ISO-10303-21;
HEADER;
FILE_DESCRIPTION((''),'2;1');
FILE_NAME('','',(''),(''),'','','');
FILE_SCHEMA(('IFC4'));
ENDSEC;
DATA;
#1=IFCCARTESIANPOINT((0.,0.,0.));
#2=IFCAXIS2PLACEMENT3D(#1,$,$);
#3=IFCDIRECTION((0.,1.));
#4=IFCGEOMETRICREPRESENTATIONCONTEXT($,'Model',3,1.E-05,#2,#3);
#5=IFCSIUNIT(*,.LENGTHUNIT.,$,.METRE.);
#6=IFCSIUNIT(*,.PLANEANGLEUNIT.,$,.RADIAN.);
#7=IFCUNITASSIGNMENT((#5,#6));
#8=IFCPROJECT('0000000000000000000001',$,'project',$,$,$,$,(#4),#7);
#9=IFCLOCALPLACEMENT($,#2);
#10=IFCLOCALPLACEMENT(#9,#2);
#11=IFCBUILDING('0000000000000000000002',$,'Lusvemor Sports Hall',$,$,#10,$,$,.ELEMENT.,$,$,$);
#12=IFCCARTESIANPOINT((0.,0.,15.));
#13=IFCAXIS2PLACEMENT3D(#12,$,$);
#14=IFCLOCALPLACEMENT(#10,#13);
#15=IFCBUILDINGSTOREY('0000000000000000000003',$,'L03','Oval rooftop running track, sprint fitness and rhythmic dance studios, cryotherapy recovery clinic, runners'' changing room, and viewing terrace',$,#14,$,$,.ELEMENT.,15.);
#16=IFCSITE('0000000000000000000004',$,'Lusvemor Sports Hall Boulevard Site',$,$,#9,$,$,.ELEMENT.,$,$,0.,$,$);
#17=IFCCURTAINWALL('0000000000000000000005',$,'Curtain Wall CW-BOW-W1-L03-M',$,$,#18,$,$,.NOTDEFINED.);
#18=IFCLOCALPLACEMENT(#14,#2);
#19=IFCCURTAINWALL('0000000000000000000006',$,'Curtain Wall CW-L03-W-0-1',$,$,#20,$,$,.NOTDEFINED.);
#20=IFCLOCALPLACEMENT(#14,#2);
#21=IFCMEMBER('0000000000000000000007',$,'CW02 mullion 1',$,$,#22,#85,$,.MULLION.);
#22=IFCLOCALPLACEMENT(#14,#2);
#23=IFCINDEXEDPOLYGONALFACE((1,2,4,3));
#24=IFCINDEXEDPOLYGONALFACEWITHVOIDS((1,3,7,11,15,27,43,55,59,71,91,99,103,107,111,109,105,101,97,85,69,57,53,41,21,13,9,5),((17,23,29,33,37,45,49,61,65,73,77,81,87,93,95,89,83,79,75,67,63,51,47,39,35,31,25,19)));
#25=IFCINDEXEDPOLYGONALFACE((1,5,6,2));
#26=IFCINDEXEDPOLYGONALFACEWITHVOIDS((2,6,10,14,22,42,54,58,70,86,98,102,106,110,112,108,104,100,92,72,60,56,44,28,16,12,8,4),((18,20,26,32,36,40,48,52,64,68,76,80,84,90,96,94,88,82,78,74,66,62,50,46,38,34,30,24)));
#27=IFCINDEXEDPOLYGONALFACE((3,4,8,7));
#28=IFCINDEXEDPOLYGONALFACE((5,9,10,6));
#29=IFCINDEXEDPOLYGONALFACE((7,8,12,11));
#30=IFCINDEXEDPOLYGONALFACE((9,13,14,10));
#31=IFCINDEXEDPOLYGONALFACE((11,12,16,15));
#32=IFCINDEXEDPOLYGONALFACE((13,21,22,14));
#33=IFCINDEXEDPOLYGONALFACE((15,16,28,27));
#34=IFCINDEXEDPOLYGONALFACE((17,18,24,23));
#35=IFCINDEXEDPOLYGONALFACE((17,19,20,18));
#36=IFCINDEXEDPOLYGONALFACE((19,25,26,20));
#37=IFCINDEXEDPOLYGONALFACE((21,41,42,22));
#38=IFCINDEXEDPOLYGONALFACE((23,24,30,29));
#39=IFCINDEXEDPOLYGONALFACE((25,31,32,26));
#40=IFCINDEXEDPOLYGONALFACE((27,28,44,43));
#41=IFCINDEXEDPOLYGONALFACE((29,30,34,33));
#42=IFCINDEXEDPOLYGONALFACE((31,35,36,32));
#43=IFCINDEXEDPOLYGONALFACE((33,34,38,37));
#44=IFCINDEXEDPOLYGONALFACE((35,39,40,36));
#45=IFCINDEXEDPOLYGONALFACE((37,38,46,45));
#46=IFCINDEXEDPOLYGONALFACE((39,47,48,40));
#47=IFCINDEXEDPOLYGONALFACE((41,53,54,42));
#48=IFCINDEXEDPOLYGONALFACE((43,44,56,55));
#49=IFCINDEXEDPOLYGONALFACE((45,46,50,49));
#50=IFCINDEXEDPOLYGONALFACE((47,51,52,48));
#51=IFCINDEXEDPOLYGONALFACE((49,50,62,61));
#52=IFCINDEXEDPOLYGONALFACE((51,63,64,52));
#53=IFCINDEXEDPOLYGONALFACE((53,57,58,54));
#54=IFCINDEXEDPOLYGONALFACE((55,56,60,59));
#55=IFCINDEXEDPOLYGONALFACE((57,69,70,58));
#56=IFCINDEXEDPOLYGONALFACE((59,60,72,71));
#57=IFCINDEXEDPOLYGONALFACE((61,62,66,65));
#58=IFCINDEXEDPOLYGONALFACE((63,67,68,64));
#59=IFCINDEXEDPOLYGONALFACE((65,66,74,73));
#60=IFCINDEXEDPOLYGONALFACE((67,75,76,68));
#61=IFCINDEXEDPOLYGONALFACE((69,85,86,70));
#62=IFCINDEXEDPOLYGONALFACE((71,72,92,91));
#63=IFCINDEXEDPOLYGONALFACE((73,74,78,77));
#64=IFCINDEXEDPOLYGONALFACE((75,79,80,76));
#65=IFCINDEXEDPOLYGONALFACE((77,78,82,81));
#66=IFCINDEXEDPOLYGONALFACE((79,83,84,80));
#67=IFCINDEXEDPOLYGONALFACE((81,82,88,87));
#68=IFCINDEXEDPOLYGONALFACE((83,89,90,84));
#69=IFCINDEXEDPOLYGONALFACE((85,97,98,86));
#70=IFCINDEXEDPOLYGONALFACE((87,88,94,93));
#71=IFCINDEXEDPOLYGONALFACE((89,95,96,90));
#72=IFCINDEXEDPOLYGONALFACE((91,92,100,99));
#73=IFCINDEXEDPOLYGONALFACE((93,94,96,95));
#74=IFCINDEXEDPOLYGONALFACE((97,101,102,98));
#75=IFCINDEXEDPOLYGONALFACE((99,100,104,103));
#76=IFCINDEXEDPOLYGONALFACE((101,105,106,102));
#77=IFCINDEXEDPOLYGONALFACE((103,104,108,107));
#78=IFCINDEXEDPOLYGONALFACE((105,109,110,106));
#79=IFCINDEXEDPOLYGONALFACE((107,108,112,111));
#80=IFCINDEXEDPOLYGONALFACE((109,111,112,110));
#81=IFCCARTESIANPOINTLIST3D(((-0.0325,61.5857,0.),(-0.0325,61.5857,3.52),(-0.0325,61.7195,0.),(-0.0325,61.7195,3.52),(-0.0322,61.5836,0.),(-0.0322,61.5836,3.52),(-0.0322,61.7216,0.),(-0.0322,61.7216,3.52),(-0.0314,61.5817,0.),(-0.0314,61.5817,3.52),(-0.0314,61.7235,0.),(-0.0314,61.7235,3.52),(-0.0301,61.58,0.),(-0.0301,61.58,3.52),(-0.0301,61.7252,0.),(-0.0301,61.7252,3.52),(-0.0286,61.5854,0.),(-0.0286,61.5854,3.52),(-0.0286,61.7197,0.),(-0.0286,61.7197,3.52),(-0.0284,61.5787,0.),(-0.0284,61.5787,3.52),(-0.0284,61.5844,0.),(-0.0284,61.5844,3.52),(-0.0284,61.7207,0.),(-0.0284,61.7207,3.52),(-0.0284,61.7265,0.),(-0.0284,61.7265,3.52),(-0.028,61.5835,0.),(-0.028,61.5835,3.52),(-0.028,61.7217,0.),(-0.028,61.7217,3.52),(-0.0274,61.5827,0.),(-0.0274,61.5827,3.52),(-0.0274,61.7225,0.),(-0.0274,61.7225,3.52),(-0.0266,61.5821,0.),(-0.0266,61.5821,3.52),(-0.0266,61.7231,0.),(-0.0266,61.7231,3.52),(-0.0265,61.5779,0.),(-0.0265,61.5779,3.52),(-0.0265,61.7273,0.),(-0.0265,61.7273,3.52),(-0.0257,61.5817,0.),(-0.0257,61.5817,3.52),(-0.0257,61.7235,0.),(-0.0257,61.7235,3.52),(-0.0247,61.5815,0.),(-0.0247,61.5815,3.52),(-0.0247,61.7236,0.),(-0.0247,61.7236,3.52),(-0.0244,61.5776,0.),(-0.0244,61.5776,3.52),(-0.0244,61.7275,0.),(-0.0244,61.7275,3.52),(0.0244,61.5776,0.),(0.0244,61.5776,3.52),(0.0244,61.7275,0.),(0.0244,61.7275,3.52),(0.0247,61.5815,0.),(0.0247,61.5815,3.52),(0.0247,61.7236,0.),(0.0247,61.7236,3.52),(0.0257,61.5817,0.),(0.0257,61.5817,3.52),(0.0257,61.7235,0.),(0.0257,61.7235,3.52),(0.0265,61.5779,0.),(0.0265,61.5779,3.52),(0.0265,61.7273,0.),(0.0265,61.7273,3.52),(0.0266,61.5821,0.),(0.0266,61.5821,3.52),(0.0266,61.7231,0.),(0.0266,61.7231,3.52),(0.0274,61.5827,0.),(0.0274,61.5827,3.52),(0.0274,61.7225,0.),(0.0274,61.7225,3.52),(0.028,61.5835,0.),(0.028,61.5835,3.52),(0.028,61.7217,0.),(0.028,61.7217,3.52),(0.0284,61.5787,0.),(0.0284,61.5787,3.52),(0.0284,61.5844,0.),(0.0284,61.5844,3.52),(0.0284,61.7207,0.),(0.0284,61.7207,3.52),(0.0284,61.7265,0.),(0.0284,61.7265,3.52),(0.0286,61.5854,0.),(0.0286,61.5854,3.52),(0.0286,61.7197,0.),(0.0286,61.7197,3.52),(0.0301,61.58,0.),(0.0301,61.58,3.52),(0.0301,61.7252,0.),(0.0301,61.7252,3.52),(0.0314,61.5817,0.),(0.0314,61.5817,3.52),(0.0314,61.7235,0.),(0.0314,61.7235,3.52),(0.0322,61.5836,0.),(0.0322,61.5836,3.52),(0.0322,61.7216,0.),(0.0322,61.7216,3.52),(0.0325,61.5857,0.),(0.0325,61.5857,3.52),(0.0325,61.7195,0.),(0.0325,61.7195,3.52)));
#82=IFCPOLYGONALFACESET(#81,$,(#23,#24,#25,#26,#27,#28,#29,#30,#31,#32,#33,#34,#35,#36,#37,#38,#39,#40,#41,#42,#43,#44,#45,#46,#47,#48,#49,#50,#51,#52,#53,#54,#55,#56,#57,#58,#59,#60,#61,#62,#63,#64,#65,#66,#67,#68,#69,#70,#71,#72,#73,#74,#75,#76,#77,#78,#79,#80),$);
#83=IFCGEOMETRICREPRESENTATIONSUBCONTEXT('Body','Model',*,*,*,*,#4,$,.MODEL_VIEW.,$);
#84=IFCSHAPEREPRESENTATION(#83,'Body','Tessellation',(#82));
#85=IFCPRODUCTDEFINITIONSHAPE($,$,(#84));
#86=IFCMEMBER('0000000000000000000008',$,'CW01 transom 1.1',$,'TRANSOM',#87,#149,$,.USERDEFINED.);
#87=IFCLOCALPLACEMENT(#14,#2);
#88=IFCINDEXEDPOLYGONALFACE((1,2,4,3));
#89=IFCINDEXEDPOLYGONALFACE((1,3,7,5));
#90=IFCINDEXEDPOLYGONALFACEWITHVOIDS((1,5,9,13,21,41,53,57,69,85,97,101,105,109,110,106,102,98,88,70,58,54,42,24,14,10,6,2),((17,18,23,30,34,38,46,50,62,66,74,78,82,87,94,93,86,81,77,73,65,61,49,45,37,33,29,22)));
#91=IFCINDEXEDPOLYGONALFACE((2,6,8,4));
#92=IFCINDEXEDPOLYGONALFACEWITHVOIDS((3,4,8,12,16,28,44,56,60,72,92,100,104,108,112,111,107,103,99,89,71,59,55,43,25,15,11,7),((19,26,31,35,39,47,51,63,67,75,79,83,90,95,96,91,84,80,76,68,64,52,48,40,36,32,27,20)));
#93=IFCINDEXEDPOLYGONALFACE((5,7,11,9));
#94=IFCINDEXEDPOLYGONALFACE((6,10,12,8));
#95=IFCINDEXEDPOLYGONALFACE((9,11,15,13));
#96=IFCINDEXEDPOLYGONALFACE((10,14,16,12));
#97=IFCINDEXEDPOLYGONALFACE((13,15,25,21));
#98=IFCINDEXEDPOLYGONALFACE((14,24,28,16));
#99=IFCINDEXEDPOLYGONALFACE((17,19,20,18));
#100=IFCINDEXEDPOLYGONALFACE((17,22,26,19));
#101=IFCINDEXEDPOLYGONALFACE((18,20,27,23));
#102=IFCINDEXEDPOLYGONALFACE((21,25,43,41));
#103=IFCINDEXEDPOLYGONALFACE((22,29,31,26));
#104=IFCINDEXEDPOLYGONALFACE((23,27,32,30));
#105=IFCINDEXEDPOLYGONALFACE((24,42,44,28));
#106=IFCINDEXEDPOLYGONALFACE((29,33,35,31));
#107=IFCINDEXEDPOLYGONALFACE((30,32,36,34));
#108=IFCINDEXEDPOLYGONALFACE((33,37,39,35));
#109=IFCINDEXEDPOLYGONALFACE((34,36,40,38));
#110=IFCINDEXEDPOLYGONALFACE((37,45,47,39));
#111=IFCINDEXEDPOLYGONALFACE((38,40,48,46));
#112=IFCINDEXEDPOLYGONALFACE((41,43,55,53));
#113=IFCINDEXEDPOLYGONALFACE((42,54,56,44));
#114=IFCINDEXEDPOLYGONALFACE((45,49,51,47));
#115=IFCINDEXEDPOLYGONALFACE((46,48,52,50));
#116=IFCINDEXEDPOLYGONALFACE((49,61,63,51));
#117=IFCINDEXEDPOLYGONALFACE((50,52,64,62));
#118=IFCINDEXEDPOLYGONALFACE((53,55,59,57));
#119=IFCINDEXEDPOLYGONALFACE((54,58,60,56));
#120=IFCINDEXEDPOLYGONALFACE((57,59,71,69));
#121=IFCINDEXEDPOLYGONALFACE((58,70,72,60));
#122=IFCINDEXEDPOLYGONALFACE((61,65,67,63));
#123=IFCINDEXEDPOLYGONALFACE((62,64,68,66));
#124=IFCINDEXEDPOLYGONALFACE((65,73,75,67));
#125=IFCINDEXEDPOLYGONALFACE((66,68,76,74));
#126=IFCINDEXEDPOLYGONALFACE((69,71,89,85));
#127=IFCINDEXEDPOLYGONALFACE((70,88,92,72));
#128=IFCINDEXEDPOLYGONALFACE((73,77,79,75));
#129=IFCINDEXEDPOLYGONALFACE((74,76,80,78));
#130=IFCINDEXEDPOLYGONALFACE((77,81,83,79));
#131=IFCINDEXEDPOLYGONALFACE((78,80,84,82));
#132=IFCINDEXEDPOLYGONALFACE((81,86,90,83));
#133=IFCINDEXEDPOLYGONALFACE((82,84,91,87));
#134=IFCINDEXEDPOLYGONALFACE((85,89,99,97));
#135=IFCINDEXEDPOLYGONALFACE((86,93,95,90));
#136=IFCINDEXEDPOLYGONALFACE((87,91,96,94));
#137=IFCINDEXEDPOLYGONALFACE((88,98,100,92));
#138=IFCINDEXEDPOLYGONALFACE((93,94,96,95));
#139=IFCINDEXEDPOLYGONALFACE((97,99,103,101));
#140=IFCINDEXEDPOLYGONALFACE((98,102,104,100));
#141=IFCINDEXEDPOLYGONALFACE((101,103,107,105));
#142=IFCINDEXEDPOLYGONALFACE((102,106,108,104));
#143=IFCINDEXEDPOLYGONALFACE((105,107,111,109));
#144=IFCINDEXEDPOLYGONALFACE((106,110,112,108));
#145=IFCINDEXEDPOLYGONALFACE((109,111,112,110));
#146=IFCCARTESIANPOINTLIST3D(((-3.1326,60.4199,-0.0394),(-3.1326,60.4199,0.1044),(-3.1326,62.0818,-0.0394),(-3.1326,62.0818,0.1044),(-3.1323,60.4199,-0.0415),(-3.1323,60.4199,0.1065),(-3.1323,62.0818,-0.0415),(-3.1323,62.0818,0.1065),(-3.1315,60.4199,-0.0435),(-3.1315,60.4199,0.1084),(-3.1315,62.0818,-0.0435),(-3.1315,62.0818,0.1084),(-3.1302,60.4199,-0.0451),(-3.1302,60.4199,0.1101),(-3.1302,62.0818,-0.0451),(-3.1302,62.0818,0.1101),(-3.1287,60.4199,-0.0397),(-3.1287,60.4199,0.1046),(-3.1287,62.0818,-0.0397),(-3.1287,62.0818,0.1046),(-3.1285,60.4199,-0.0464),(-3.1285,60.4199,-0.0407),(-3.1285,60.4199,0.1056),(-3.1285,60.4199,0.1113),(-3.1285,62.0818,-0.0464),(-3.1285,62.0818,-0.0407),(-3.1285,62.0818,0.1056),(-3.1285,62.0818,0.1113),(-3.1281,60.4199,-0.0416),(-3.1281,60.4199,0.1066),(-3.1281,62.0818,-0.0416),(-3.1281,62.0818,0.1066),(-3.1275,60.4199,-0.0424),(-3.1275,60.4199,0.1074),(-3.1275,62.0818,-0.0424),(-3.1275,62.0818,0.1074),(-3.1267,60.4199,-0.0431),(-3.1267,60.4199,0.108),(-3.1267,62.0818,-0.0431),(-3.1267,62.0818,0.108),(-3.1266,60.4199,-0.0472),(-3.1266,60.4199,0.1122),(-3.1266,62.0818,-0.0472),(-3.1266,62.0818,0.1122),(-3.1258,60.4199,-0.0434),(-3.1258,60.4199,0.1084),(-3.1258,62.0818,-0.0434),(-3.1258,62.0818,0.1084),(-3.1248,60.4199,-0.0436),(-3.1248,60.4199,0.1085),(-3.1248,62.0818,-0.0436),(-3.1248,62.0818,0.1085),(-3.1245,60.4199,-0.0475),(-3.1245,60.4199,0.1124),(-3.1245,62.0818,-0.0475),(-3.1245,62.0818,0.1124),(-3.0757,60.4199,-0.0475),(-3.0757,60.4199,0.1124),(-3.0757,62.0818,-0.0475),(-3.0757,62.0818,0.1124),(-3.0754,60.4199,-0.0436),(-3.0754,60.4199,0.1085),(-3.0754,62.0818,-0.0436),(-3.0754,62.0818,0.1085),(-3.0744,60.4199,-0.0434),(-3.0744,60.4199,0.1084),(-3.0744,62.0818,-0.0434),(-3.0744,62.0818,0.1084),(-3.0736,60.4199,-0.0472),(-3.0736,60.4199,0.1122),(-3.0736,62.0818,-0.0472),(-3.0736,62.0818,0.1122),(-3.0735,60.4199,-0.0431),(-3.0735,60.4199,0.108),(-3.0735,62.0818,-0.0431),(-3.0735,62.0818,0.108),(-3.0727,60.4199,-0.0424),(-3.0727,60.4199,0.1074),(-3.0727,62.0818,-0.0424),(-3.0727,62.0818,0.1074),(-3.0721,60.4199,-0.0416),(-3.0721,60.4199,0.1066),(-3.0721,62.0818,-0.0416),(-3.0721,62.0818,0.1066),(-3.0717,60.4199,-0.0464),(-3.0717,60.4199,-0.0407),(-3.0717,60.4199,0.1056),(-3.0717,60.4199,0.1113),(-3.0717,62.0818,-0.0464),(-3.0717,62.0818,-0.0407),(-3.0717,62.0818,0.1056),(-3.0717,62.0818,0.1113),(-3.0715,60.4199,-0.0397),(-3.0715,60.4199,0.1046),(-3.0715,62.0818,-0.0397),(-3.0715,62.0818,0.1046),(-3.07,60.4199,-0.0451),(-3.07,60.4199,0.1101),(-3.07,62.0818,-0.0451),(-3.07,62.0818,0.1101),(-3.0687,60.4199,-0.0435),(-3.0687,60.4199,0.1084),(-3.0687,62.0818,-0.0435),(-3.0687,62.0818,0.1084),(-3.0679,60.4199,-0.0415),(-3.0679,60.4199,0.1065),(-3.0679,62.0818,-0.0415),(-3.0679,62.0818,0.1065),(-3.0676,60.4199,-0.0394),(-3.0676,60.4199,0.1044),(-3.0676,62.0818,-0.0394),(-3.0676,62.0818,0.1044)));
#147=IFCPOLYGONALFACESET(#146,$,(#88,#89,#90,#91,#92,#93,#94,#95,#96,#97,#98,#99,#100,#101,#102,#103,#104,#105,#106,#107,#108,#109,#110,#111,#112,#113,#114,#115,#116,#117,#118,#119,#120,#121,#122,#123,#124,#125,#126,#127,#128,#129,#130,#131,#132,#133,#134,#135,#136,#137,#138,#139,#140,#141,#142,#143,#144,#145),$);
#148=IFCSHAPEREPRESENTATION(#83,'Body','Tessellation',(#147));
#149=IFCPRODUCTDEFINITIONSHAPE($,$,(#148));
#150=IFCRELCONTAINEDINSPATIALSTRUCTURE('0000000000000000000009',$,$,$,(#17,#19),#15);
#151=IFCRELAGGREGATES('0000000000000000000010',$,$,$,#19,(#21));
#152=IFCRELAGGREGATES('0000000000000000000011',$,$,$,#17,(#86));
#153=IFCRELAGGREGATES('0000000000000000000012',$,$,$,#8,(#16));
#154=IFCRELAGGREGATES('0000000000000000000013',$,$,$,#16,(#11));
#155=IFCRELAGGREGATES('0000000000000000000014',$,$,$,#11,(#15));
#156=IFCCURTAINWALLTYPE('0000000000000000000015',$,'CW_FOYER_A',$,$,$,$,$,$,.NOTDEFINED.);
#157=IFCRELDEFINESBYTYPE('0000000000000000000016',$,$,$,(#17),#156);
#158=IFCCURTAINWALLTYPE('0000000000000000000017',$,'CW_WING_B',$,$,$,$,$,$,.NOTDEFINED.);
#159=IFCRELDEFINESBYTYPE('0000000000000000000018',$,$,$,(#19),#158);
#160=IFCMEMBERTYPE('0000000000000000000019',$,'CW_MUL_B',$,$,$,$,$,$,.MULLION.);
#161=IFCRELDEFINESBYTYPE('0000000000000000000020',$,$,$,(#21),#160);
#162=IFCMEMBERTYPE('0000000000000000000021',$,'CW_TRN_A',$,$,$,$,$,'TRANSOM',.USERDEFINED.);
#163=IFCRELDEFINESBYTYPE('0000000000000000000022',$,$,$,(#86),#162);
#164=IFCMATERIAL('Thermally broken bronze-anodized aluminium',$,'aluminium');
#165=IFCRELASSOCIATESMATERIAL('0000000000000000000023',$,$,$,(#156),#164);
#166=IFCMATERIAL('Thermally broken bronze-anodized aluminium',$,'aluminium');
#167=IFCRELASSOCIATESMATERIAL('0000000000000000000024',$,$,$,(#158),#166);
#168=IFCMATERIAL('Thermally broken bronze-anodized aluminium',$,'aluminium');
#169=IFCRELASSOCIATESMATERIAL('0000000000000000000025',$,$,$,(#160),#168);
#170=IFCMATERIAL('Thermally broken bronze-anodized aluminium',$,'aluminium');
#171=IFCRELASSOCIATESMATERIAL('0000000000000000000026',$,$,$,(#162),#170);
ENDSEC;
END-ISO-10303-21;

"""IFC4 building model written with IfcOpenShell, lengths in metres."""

from ifc_helpers import new_model, si_unit, direction, frame, origin, origin_2d, place, context, subcontext, project, spatial, hollow_rectangle, extrude, material, material_profile, profile_set, type_object, element, aggregate, save


model = new_model("IFC4")

# Units and contexts
model_context = context("Model", 3, precision=1e-05, world=origin(), true_north=direction((0.0, 1.0)))
body_context = subcontext(model_context, "Body", "Model", "MODEL_VIEW")
ifc_project = project(units=[si_unit("LENGTHUNIT", "METRE"), si_unit("PLANEANGLEUNIT", "RADIAN")], contexts=[model_context])

# Site, building, storey
site_placement = place(None, origin())
site = spatial("IfcSite", under=ifc_project, at=site_placement, Name="Lusvemor Sports Hall Boulevard Site", CompositionType="ELEMENT", RefElevation=0.0)
building_placement = place(site_placement, origin())
building = spatial("IfcBuilding", under=site, at=building_placement, Name="Lusvemor Sports Hall", CompositionType="ELEMENT")
storey_placement = place(building_placement, frame((0.0, 0.0, 15.0)))
storey = spatial("IfcBuildingStorey", under=building, at=storey_placement, Name="L03", Description="Oval rooftop running track, sprint fitness and rhythmic dance studios, cryotherapy recovery clinic, runners' changing room, and viewing terrace", CompositionType="ELEMENT", Elevation=15.0)

# Curtain wall
ifc_material_1 = material(Name="Thermally broken bronze-anodized aluminium", Category="aluminium")
curtain_wall_type_1 = type_object("IfcCurtainWallType", Name="CW_FOYER_A", PredefinedType="NOTDEFINED", material=ifc_material_1)
curtain_wall_1_placement = place(storey_placement, origin())
curtain_wall_1 = element("IfcCurtainWall", 1, at=curtain_wall_1_placement, inside=storey, type_object=curtain_wall_type_1, Name="Curtain Wall CW-BOW-W1-L03-M", PredefinedType="NOTDEFINED")

# Curtain wall, member
ifc_material_2 = material(Name="Thermally broken bronze-anodized aluminium", Category="aluminium")
curtain_wall_type_2 = type_object("IfcCurtainWallType", Name="CW_WING_B", PredefinedType="NOTDEFINED", material=ifc_material_2)
curtain_wall_2_placement = place(storey_placement, origin())
curtain_wall_2 = element("IfcCurtainWall", 2, at=curtain_wall_2_placement, inside=storey, type_object=curtain_wall_type_2, Name="Curtain Wall CW-L03-W-0-1", PredefinedType="NOTDEFINED")
ifc_material_3 = material(Name="Thermally broken bronze-anodized aluminium", Category="aluminium")
ifc_material_profile_1 = material_profile(ifc_material_3, hollow_rectangle(XDim=0.0649, YDim=0.1499, WallThickness=0.0039, InnerFilletRadius=0.0039, OuterFilletRadius=0.0081, at=origin_2d()), Name="CWMUL150x65x4")
ifc_profile_set_1 = profile_set([ifc_material_profile_1], Name="Thermally broken bronze-anodized aluminium")
member_type_1 = type_object("IfcMemberType", Name="CW_MUL_B", PredefinedType="MULLION", material=ifc_profile_set_1)
member_1_placement = place(storey_placement, frame((0.0, 61.6526, 0.0), z_axis=(0.0, 0.0, 1.0), x_axis=(-1.0, 0.0, 0.0)))
member_1 = element("IfcMember", 3, at=member_1_placement, type_object=member_type_1, Name="CW02 mullion 1", PredefinedType="MULLION", context=body_context, shape_type="SweptSolid", body=[
    extrude(hollow_rectangle(XDim=0.0649, YDim=0.1499, WallThickness=0.0039, InnerFilletRadius=0.0039, OuterFilletRadius=0.0081, at=origin_2d()), origin(), (0.0, 0.0, 1.0), 3.52),
])

# Member
ifc_material_4 = material(Name="Thermally broken bronze-anodized aluminium", Category="aluminium")
ifc_material_profile_2 = material_profile(ifc_material_4, hollow_rectangle(XDim=0.0649, YDim=0.1599, WallThickness=0.0039, InnerFilletRadius=0.0039, OuterFilletRadius=0.0081, at=origin_2d()), Name="CWTRN160x65x4")
ifc_profile_set_2 = profile_set([ifc_material_profile_2], Name="Thermally broken bronze-anodized aluminium")
member_type_2 = type_object("IfcMemberType", Name="CW_TRN_A", ElementType="TRANSOM", PredefinedType="USERDEFINED", material=ifc_profile_set_2)
member_2_placement = place(storey_placement, frame((-3.1001, 60.4199, 0.0325), z_axis=(0.0, 1.0, 0.0), x_axis=(-1.0, 0.0, 0.0)))
member_2 = element("IfcMember", 4, at=member_2_placement, type_object=member_type_2, Name="CW01 transom 1.1", ObjectType="TRANSOM", PredefinedType="USERDEFINED", context=body_context, shape_type="SweptSolid", body=[
    extrude(hollow_rectangle(XDim=0.0649, YDim=0.1599, WallThickness=0.0039, InnerFilletRadius=0.0039, OuterFilletRadius=0.0081, at=origin_2d()), origin(), (0.0, 0.0, 1.0), 1.6619),
])

aggregate(curtain_wall_2, [member_1])
aggregate(curtain_wall_1, [member_2])

save(model, "model.ifc")
